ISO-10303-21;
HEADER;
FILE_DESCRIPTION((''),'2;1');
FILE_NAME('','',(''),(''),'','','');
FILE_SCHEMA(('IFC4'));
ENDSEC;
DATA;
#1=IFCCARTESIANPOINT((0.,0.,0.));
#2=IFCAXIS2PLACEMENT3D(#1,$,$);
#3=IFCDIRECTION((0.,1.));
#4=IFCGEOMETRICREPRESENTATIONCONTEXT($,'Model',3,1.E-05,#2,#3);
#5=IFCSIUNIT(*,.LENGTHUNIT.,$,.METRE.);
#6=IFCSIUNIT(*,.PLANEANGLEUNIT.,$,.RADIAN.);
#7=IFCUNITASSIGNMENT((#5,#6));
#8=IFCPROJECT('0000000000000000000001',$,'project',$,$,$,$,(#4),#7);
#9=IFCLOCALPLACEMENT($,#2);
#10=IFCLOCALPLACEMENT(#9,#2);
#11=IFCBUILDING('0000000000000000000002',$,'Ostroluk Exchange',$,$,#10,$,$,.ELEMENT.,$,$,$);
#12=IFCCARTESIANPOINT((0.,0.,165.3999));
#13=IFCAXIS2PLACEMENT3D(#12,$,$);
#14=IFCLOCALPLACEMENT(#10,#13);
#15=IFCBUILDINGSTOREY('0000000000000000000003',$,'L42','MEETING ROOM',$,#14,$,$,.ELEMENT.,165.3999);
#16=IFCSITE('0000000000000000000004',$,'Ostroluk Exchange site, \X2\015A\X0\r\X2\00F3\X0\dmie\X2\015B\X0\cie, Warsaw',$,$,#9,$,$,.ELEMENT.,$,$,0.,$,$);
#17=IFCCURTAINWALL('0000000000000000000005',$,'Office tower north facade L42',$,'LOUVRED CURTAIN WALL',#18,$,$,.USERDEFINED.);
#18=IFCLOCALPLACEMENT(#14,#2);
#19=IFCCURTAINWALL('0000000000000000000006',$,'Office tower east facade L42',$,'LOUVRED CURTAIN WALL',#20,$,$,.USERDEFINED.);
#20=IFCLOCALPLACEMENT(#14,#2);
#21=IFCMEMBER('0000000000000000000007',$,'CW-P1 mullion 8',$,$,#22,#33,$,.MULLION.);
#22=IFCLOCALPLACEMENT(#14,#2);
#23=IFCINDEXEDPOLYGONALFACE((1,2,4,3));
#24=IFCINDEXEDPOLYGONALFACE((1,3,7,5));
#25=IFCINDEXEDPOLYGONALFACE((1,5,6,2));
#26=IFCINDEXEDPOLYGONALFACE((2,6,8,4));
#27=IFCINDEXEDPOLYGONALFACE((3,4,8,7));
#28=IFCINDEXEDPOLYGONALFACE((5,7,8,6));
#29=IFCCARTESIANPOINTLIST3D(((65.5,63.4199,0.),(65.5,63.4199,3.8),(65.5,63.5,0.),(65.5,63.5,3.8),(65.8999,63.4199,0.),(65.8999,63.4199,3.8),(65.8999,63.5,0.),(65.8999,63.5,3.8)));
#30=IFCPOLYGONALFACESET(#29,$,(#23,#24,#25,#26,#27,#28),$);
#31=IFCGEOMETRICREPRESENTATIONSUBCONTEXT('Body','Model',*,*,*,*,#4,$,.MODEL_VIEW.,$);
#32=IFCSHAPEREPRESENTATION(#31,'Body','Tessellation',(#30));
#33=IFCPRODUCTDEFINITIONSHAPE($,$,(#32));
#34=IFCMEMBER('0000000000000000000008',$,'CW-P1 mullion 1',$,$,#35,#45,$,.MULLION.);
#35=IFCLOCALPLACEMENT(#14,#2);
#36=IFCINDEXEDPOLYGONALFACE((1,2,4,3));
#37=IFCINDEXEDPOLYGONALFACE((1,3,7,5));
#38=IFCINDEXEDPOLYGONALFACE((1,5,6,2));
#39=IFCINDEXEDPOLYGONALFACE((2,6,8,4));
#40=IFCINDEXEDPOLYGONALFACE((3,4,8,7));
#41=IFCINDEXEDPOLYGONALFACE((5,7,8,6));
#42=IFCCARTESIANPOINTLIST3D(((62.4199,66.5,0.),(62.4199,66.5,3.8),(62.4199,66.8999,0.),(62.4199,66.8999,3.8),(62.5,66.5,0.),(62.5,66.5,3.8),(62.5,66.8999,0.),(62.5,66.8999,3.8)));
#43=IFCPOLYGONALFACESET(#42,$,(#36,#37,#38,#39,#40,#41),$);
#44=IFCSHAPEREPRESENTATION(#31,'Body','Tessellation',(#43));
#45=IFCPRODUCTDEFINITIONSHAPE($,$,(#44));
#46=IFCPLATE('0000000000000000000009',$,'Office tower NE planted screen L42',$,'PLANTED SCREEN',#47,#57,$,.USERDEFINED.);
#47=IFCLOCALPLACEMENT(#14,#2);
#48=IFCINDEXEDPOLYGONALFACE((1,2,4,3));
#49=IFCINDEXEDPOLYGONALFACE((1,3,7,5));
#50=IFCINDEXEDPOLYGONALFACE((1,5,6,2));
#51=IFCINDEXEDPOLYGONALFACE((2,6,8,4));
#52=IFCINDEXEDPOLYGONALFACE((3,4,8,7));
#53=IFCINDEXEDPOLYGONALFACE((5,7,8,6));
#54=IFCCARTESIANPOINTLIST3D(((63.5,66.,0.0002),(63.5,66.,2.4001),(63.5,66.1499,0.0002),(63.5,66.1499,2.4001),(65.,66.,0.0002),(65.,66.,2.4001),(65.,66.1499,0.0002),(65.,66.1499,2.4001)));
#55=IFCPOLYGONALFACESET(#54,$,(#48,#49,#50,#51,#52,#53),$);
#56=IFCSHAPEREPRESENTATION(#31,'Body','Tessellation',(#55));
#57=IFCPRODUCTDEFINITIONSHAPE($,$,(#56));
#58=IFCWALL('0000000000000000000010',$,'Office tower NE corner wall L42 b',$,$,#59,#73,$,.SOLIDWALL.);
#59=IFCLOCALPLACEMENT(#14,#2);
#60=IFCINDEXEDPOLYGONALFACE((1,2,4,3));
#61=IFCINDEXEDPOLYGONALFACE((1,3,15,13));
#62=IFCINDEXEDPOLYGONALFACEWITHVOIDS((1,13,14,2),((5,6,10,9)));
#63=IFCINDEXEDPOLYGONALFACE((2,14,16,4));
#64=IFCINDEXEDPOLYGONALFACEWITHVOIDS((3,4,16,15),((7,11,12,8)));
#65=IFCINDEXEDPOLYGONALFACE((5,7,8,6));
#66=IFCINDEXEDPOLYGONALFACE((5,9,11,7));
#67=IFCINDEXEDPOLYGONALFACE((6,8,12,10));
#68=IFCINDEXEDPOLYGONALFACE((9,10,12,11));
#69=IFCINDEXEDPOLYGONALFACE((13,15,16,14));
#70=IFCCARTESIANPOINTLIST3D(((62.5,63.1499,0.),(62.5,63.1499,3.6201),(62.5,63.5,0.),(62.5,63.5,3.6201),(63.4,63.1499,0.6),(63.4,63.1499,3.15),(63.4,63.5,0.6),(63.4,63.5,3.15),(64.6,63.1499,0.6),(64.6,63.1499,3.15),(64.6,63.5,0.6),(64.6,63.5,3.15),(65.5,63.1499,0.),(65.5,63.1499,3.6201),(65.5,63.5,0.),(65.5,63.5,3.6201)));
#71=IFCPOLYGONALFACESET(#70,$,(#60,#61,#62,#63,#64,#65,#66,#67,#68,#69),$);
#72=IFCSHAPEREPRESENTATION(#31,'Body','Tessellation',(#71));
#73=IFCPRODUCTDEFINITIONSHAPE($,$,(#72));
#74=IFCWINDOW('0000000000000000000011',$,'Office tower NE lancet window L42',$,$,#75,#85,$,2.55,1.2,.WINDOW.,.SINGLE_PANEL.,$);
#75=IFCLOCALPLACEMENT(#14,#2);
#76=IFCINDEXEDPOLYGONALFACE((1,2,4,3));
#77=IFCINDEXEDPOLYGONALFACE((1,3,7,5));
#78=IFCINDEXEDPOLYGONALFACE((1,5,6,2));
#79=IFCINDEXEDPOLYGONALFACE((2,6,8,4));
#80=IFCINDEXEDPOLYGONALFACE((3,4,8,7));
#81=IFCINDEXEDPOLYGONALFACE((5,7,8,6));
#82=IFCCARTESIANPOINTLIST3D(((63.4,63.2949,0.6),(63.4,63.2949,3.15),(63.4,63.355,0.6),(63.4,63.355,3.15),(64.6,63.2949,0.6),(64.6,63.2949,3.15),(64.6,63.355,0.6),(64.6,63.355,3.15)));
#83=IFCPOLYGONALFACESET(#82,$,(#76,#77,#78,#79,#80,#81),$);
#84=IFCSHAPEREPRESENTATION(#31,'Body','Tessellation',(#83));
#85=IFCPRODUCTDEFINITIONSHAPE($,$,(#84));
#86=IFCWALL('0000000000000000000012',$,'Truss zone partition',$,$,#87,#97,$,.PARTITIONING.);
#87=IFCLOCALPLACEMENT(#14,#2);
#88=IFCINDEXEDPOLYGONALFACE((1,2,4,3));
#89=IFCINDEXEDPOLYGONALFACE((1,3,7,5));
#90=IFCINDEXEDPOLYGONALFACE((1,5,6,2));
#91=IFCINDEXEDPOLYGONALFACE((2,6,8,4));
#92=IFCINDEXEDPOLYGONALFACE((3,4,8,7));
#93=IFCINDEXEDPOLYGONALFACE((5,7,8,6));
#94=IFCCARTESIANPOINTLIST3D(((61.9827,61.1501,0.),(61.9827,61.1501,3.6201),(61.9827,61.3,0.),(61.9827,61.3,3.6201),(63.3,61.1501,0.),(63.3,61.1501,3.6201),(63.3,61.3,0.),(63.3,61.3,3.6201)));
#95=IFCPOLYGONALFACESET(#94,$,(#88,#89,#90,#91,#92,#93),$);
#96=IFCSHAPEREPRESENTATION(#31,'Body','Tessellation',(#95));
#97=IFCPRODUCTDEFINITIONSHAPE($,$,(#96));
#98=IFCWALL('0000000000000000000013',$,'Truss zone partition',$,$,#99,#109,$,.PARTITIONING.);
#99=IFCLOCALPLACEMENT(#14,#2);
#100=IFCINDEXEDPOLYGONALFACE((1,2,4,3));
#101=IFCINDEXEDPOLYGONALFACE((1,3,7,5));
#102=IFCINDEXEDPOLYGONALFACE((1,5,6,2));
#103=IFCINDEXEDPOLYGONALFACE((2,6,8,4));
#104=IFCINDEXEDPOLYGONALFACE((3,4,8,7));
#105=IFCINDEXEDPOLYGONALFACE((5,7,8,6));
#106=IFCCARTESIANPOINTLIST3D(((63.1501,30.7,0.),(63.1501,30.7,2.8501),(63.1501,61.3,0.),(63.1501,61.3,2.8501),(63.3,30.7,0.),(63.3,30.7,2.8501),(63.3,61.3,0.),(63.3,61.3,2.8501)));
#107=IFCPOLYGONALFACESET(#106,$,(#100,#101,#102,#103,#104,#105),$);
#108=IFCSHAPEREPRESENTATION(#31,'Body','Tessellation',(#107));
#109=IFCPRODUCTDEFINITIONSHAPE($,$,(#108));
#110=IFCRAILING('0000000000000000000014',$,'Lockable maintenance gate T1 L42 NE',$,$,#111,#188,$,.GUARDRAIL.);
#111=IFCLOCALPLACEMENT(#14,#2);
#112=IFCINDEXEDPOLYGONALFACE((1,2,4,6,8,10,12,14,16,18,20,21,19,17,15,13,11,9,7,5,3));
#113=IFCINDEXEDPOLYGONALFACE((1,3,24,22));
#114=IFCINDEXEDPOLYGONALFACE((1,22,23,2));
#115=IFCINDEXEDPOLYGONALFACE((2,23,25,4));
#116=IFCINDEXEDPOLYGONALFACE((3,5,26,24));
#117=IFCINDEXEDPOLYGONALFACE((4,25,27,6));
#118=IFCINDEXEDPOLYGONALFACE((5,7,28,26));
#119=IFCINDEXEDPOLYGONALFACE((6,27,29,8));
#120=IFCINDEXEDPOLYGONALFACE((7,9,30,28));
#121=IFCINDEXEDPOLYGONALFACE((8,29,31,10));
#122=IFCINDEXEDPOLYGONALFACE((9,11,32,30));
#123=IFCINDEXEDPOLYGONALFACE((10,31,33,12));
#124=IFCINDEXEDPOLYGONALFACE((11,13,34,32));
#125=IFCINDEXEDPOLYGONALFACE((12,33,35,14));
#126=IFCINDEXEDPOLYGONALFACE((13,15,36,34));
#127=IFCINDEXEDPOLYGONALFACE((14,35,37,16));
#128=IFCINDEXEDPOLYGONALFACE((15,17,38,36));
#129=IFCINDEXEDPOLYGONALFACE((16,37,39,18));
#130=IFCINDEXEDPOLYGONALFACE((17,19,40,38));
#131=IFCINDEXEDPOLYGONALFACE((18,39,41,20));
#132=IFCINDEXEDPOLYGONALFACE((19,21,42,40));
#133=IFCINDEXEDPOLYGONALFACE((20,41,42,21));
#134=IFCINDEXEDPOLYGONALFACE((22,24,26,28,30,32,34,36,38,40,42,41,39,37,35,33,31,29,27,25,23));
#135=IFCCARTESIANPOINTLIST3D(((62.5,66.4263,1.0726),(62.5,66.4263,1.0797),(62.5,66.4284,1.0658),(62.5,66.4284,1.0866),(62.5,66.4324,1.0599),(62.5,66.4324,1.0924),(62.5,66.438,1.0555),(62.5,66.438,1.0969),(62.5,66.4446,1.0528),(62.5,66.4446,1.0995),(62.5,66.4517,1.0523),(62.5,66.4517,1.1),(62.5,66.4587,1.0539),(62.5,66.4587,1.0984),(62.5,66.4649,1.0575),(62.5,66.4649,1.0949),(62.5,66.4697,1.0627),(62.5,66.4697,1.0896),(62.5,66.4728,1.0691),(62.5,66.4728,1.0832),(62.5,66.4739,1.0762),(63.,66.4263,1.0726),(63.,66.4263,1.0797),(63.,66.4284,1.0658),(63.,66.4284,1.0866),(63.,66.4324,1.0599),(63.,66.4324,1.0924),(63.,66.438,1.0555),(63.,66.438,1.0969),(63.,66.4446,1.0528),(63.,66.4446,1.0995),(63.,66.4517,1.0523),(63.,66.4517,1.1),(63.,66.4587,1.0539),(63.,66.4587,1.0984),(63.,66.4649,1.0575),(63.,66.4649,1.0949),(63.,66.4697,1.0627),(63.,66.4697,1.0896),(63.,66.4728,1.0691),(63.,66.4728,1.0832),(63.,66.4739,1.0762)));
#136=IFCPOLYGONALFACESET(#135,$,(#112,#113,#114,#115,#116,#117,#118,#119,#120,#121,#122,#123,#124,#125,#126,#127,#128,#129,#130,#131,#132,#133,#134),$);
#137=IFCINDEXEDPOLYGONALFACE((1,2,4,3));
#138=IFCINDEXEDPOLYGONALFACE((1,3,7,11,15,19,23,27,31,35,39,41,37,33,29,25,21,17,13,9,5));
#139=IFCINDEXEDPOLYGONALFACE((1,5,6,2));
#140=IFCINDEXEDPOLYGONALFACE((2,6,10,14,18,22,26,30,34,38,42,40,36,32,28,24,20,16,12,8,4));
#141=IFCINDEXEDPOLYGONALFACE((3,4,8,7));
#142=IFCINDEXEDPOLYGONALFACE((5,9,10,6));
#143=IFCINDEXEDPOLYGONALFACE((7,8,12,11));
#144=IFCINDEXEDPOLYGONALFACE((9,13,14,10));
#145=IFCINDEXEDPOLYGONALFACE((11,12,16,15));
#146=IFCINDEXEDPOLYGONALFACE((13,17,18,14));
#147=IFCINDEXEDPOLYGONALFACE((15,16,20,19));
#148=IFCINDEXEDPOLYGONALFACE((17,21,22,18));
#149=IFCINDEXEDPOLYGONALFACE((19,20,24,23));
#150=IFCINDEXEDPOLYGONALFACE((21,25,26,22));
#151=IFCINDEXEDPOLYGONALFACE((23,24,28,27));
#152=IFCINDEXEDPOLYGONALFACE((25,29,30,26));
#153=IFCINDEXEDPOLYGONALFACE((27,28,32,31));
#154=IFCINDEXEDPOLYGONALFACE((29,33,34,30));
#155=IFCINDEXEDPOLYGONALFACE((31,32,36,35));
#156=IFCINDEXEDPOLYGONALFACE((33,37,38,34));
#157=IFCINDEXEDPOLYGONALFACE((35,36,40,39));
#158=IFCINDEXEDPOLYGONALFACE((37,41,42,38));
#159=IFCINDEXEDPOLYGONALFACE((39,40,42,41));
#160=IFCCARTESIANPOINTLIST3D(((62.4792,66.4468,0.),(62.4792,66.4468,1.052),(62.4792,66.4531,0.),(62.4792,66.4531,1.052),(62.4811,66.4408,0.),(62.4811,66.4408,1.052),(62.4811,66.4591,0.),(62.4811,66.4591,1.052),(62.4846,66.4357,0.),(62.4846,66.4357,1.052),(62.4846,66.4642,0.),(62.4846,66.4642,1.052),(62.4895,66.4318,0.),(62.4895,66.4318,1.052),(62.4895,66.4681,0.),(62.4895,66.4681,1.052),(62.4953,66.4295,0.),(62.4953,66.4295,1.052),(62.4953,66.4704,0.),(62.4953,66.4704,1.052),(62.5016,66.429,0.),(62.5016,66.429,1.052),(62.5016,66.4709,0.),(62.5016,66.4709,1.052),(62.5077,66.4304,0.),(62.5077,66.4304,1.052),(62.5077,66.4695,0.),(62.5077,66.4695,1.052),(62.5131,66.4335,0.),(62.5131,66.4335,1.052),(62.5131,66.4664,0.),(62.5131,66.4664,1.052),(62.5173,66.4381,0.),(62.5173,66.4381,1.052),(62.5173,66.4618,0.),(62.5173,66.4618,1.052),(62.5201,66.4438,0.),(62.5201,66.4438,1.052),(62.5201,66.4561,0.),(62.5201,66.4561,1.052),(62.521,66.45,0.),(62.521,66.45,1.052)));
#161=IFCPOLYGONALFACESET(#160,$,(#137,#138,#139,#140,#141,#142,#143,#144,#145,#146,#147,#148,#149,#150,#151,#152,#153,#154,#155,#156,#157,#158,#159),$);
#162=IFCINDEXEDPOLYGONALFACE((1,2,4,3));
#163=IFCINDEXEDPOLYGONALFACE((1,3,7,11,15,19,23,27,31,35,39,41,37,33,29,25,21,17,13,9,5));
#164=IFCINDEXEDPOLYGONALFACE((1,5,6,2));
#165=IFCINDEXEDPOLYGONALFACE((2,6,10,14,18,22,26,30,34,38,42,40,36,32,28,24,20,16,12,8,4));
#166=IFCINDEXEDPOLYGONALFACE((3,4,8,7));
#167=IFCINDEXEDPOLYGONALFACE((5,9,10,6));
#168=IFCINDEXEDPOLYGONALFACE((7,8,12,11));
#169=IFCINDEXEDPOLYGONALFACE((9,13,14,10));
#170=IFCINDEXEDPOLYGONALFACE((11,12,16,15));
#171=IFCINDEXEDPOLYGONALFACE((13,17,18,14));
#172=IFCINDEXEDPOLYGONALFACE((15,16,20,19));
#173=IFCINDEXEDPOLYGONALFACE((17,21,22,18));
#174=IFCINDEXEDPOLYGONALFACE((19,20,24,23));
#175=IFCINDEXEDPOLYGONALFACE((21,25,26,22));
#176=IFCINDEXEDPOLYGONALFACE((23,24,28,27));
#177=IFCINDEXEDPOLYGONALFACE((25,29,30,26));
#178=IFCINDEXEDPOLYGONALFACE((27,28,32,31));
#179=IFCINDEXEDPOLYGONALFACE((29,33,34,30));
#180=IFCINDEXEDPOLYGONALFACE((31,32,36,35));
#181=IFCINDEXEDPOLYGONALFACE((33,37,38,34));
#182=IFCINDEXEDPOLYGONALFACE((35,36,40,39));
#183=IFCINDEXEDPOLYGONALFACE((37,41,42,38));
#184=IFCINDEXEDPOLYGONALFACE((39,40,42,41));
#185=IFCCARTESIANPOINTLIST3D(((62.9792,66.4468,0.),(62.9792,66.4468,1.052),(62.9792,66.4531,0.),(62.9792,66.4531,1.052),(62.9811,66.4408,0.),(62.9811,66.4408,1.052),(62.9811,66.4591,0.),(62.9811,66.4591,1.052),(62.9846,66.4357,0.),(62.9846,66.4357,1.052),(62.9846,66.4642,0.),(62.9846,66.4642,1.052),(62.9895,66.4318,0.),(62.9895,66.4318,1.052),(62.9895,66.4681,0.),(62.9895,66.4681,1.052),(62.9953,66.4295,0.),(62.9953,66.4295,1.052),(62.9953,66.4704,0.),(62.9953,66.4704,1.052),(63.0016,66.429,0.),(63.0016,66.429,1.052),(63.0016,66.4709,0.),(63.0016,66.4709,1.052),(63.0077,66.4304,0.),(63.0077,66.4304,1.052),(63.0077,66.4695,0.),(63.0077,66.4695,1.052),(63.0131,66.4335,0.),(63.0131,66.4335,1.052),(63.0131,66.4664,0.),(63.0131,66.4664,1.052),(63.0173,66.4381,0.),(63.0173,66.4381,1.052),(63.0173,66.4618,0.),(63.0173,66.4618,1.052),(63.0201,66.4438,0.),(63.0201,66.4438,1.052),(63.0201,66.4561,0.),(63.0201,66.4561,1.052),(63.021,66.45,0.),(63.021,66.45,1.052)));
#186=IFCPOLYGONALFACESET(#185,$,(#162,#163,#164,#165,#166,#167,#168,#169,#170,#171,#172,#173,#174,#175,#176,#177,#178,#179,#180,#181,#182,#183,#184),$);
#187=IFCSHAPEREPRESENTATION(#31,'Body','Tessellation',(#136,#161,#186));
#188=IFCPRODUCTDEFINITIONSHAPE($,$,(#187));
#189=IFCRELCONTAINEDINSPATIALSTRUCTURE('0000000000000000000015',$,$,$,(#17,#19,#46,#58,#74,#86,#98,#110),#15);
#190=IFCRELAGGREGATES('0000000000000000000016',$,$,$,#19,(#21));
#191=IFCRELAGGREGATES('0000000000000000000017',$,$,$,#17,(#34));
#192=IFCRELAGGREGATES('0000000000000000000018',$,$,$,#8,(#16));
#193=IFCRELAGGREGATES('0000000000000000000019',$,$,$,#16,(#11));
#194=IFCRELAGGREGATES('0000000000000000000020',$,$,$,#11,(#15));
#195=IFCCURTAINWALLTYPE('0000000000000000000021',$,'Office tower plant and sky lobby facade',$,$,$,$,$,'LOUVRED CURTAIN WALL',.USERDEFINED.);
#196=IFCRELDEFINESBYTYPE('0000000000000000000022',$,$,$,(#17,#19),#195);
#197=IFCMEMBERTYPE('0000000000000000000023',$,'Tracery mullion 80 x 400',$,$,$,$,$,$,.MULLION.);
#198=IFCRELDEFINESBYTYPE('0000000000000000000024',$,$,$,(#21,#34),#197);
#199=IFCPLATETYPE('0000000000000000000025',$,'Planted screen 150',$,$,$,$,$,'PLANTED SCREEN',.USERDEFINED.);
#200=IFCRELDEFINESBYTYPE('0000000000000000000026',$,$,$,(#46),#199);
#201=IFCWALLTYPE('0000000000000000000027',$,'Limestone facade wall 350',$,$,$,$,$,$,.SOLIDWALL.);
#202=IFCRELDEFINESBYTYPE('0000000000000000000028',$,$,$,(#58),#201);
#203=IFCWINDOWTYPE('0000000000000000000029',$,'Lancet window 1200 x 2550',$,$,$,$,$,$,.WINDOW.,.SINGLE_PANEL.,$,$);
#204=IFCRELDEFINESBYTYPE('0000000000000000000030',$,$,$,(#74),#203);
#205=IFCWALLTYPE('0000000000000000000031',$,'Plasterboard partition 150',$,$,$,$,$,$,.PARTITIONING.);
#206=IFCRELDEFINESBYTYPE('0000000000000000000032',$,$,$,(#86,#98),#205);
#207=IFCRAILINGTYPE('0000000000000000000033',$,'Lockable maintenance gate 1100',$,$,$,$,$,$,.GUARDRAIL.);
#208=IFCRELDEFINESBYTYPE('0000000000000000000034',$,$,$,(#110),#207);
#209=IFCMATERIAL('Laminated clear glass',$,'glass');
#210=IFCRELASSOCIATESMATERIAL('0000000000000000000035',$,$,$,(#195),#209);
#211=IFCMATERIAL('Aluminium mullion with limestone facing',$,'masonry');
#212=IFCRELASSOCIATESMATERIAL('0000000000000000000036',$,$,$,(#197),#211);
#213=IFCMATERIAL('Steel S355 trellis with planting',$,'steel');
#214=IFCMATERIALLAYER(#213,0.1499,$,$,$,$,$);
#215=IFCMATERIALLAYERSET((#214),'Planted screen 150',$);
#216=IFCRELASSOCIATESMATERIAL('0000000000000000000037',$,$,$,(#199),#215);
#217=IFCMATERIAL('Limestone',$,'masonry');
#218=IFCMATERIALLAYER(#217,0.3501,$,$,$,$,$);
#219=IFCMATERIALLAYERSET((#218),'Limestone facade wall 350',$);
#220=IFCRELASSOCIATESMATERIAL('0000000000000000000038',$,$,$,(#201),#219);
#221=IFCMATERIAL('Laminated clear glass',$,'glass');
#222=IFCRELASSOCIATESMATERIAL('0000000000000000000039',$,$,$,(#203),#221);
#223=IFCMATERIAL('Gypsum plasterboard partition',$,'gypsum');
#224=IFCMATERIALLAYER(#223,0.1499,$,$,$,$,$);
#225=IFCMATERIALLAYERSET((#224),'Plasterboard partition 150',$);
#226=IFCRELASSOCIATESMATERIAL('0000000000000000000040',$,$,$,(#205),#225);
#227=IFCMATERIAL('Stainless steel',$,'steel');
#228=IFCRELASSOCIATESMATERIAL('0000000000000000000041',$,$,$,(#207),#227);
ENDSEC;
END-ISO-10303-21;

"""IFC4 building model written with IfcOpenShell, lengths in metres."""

from ifc_helpers import new_model, si_unit, direction, frame, frame_2d, origin, origin_2d, place, context, subcontext, project, spatial, rectangle, circle, extrude, material, layer, layer_set, material_profile, profile_set, type_object, element, fill, aggregate, save


model = new_model("IFC4")

# Units and contexts
model_context = context("Model", 3, precision=1e-05, world=origin(), true_north=direction((0.0, 1.0)))
body_context = subcontext(model_context, "Body", "Model", "MODEL_VIEW")
ifc_project = project(units=[si_unit("LENGTHUNIT", "METRE"), si_unit("PLANEANGLEUNIT", "RADIAN")], contexts=[model_context])

# Site, building, storey
site_placement = place(None, origin())
site = spatial("IfcSite", under=ifc_project, at=site_placement, Name="Ostroluk Exchange site, Śródmieście, Warsaw", CompositionType="ELEMENT", RefElevation=0.0)
building_placement = place(site_placement, origin())
building = spatial("IfcBuilding", under=site, at=building_placement, Name="Ostroluk Exchange", CompositionType="ELEMENT")
storey_placement = place(building_placement, frame((0.0, 0.0, 165.3999)))
storey = spatial("IfcBuildingStorey", under=building, at=storey_placement, Name="L42", Description="MEETING ROOM", CompositionType="ELEMENT", Elevation=165.3999)

# Curtain walls, member
ifc_material_1 = material(Name="Laminated clear glass", Category="glass")
curtain_wall_type = type_object("IfcCurtainWallType", Name="Office tower plant and sky lobby facade", ElementType="LOUVRED CURTAIN WALL", PredefinedType="USERDEFINED", material=ifc_material_1)
curtain_wall_1_placement = place(storey_placement, origin())
curtain_wall_1 = element("IfcCurtainWall", 1, at=curtain_wall_1_placement, inside=storey, type_object=curtain_wall_type, Name="Office tower north facade L42", ObjectType="LOUVRED CURTAIN WALL", PredefinedType="USERDEFINED")
curtain_wall_2_placement = place(storey_placement, origin())
curtain_wall_2 = element("IfcCurtainWall", 2, at=curtain_wall_2_placement, inside=storey, type_object=curtain_wall_type, Name="Office tower east facade L42", ObjectType="LOUVRED CURTAIN WALL", PredefinedType="USERDEFINED")
ifc_material_2 = material(Name="Aluminium mullion with limestone facing", Category="masonry")
ifc_material_profile_1 = material_profile(ifc_material_2, rectangle(XDim=0.3999, YDim=0.0801, at=origin_2d()), Name="Tracery mullion 80 x 400")
ifc_profile_set_1 = profile_set([ifc_material_profile_1], Name="Aluminium mullion with limestone facing")
member_type_1 = type_object("IfcMemberType", Name="Tracery mullion 80 x 400", PredefinedType="MULLION", material=ifc_profile_set_1)
member_1_placement = place(storey_placement, frame((65.7, 63.46, 0.0), z_axis=(0.0, 0.0, 1.0), x_axis=(-1.0, 0.0, 0.0)))
member_1 = element("IfcMember", 3, at=member_1_placement, type_object=member_type_1, Name="CW-P1 mullion 8", PredefinedType="MULLION", context=body_context, shape_type="SweptSolid", body=[
    extrude(rectangle(XDim=0.3999, YDim=0.0801, at=origin_2d()), origin(), (0.0, 0.0, 1.0), 3.8),
])
aggregate(curtain_wall_2, [member_1])

# Member
member_2_placement = place(storey_placement, frame((62.46, 66.7, 0.0), z_axis=(0.0, 0.0, 1.0), x_axis=(0.0, -1.0, 0.0)))
member_2 = element("IfcMember", 4, at=member_2_placement, type_object=member_type_1, Name="CW-P1 mullion 1", PredefinedType="MULLION", context=body_context, shape_type="SweptSolid", body=[
    extrude(rectangle(XDim=0.3999, YDim=0.0801, at=origin_2d()), origin(), (0.0, 0.0, 1.0), 3.8),
])
aggregate(curtain_wall_1, [member_2])

# Plate
ifc_material_3 = material(Name="Steel S355 trellis with planting", Category="steel")
ifc_layer_1 = layer(ifc_material_3, 0.1499)
ifc_layer_set_1 = layer_set([ifc_layer_1], Name="Planted screen 150")
plate_type = type_object("IfcPlateType", Name="Planted screen 150", ElementType="PLANTED SCREEN", PredefinedType="USERDEFINED", material=ifc_layer_set_1)
plate_placement = place(storey_placement, frame((64.25, 66.075, 0.0002), z_axis=(0.0, 0.0, 1.0), x_axis=(1.0, 0.0, 0.0)))
element("IfcPlate", 5, at=plate_placement, inside=storey, type_object=plate_type, Name="Office tower NE planted screen L42", ObjectType="PLANTED SCREEN", PredefinedType="USERDEFINED", context=body_context, shape_type="SweptSolid", body=[
    extrude(rectangle(XDim=1.5, YDim=0.1499, at=origin_2d()), origin(), (0.0, 0.0, 1.0), 2.3999),
])

# Shared definitions
ifc_material_4 = material(Name="Limestone", Category="masonry")
ifc_layer_2 = layer(ifc_material_4, 0.3501)
ifc_layer_set_2 = layer_set([ifc_layer_2], Name="Limestone facade wall 350")
wall_type_1 = type_object("IfcWallType", Name="Limestone facade wall 350", PredefinedType="SOLIDWALL", material=ifc_layer_set_2)

# Wall, opening, window
wall_1_placement = place(storey_placement, frame((62.5, 63.325, 0.0), z_axis=(0.0, 0.0, 1.0), x_axis=(1.0, 0.0, 0.0)))
wall_1 = element("IfcWall", 6, at=wall_1_placement, inside=storey, type_object=wall_type_1, Name="Office tower NE corner wall L42 b", PredefinedType="SOLIDWALL", context=body_context, shape_type="SweptSolid", body=[
    extrude(rectangle(XDim=3.0, YDim=0.3501, at=frame_2d((1.5, 0.0))), origin(), (0.0, 0.0, 1.0), 3.6201),
])
opening_1_placement = place(wall_1_placement, frame((0.8999, 0.0, 0.6001)))
opening_1 = element("IfcOpeningElement", 7, at=opening_1_placement, cuts=wall_1, PredefinedType="OPENING", context=body_context, shape_type="SweptSolid", body=[
    extrude(rectangle(XDim=1.2, YDim=2.55, at=frame_2d((0.6001, 1.2749))), frame((0.0, 0.1851, 0.0), z_axis=(0.0, -1.0, 0.0), x_axis=(1.0, 0.0, 0.0)), (0.0, 0.0, 1.0), 0.3701),
])
ifc_material_5 = material(Name="Laminated clear glass", Category="glass")
window_type = type_object("IfcWindowType", Name="Lancet window 1200 x 2550", PartitioningType="SINGLE_PANEL", PredefinedType="WINDOW", material=ifc_material_5)
window_placement = place(opening_1_placement, origin())
window = element("IfcWindow", 8, at=window_placement, inside=storey, type_object=window_type, Name="Office tower NE lancet window L42", OverallHeight=2.55, OverallWidth=1.2, PartitioningType="SINGLE_PANEL", PredefinedType="WINDOW", context=body_context, shape_type="SweptSolid", body=[
    extrude(rectangle(XDim=1.2, YDim=2.55, at=frame_2d((0.6001, 1.2749))), frame((0.0, 0.03, 0.0), z_axis=(0.0, -1.0, 0.0), x_axis=(1.0, 0.0, 0.0)), (0.0, 0.0, 1.0), 0.0601),
])
fill(opening_1, window)

# Walls
ifc_material_6 = material(Name="Gypsum plasterboard partition", Category="gypsum")
ifc_layer_3 = layer(ifc_material_6, 0.1499)
ifc_layer_set_3 = layer_set([ifc_layer_3], Name="Plasterboard partition 150")
wall_type_2 = type_object("IfcWallType", Name="Plasterboard partition 150", PredefinedType="PARTITIONING", material=ifc_layer_set_3)
wall_2_placement = place(storey_placement, frame((61.9827, 61.2251, 0.0), z_axis=(0.0, 0.0, 1.0), x_axis=(1.0, 0.0, 0.0)))
element("IfcWall", 9, at=wall_2_placement, inside=storey, type_object=wall_type_2, Name="Truss zone partition", PredefinedType="PARTITIONING", context=body_context, shape_type="SweptSolid", body=[
    extrude(rectangle(XDim=1.3174, YDim=0.1499, at=frame_2d((0.6587, 0.0))), origin(), (0.0, 0.0, 1.0), 3.6201),
])
wall_3_placement = place(storey_placement, frame((63.2251, 61.3, 0.0), z_axis=(0.0, 0.0, 1.0), x_axis=(0.0, -1.0, 0.0)))
element("IfcWall", 10, at=wall_3_placement, inside=storey, type_object=wall_type_2, Name="Truss zone partition", PredefinedType="PARTITIONING", context=body_context, shape_type="SweptSolid", body=[
    extrude(rectangle(XDim=30.6001, YDim=0.1499, at=frame_2d((15.3, 0.0))), origin(), (0.0, 0.0, 1.0), 2.8501),
])

# Railing
ifc_material_7 = material(Name="Stainless steel", Category="steel")
railing_type_1 = type_object("IfcRailingType", Name="Lockable maintenance gate 1100", PredefinedType="GUARDRAIL", material=ifc_material_7)
railing_1_placement = place(storey_placement, frame((62.5, 66.45, 0.0)))
element("IfcRailing", 11, at=railing_1_placement, inside=storey, type_object=railing_type_1, Name="Lockable maintenance gate T1 L42 NE", PredefinedType="GUARDRAIL", context=body_context, shape_type="SweptSolid", body=[
    extrude(circle(Radius=0.0239, at=origin_2d()), frame((0.0, 0.0, 1.0762), z_axis=(1.0, 0.0, 0.0), x_axis=(0.0, 1.0, 0.0)), (0.0, 0.0, 1.0), 0.5),
    extrude(circle(Radius=0.021, at=origin_2d()), origin(), (0.0, 0.0, 1.0), 1.052),
    extrude(circle(Radius=0.021, at=origin_2d()), frame((0.5, 0.0, 0.0)), (0.0, 0.0, 1.0), 1.052),
])

save(model, "model.ifc")
